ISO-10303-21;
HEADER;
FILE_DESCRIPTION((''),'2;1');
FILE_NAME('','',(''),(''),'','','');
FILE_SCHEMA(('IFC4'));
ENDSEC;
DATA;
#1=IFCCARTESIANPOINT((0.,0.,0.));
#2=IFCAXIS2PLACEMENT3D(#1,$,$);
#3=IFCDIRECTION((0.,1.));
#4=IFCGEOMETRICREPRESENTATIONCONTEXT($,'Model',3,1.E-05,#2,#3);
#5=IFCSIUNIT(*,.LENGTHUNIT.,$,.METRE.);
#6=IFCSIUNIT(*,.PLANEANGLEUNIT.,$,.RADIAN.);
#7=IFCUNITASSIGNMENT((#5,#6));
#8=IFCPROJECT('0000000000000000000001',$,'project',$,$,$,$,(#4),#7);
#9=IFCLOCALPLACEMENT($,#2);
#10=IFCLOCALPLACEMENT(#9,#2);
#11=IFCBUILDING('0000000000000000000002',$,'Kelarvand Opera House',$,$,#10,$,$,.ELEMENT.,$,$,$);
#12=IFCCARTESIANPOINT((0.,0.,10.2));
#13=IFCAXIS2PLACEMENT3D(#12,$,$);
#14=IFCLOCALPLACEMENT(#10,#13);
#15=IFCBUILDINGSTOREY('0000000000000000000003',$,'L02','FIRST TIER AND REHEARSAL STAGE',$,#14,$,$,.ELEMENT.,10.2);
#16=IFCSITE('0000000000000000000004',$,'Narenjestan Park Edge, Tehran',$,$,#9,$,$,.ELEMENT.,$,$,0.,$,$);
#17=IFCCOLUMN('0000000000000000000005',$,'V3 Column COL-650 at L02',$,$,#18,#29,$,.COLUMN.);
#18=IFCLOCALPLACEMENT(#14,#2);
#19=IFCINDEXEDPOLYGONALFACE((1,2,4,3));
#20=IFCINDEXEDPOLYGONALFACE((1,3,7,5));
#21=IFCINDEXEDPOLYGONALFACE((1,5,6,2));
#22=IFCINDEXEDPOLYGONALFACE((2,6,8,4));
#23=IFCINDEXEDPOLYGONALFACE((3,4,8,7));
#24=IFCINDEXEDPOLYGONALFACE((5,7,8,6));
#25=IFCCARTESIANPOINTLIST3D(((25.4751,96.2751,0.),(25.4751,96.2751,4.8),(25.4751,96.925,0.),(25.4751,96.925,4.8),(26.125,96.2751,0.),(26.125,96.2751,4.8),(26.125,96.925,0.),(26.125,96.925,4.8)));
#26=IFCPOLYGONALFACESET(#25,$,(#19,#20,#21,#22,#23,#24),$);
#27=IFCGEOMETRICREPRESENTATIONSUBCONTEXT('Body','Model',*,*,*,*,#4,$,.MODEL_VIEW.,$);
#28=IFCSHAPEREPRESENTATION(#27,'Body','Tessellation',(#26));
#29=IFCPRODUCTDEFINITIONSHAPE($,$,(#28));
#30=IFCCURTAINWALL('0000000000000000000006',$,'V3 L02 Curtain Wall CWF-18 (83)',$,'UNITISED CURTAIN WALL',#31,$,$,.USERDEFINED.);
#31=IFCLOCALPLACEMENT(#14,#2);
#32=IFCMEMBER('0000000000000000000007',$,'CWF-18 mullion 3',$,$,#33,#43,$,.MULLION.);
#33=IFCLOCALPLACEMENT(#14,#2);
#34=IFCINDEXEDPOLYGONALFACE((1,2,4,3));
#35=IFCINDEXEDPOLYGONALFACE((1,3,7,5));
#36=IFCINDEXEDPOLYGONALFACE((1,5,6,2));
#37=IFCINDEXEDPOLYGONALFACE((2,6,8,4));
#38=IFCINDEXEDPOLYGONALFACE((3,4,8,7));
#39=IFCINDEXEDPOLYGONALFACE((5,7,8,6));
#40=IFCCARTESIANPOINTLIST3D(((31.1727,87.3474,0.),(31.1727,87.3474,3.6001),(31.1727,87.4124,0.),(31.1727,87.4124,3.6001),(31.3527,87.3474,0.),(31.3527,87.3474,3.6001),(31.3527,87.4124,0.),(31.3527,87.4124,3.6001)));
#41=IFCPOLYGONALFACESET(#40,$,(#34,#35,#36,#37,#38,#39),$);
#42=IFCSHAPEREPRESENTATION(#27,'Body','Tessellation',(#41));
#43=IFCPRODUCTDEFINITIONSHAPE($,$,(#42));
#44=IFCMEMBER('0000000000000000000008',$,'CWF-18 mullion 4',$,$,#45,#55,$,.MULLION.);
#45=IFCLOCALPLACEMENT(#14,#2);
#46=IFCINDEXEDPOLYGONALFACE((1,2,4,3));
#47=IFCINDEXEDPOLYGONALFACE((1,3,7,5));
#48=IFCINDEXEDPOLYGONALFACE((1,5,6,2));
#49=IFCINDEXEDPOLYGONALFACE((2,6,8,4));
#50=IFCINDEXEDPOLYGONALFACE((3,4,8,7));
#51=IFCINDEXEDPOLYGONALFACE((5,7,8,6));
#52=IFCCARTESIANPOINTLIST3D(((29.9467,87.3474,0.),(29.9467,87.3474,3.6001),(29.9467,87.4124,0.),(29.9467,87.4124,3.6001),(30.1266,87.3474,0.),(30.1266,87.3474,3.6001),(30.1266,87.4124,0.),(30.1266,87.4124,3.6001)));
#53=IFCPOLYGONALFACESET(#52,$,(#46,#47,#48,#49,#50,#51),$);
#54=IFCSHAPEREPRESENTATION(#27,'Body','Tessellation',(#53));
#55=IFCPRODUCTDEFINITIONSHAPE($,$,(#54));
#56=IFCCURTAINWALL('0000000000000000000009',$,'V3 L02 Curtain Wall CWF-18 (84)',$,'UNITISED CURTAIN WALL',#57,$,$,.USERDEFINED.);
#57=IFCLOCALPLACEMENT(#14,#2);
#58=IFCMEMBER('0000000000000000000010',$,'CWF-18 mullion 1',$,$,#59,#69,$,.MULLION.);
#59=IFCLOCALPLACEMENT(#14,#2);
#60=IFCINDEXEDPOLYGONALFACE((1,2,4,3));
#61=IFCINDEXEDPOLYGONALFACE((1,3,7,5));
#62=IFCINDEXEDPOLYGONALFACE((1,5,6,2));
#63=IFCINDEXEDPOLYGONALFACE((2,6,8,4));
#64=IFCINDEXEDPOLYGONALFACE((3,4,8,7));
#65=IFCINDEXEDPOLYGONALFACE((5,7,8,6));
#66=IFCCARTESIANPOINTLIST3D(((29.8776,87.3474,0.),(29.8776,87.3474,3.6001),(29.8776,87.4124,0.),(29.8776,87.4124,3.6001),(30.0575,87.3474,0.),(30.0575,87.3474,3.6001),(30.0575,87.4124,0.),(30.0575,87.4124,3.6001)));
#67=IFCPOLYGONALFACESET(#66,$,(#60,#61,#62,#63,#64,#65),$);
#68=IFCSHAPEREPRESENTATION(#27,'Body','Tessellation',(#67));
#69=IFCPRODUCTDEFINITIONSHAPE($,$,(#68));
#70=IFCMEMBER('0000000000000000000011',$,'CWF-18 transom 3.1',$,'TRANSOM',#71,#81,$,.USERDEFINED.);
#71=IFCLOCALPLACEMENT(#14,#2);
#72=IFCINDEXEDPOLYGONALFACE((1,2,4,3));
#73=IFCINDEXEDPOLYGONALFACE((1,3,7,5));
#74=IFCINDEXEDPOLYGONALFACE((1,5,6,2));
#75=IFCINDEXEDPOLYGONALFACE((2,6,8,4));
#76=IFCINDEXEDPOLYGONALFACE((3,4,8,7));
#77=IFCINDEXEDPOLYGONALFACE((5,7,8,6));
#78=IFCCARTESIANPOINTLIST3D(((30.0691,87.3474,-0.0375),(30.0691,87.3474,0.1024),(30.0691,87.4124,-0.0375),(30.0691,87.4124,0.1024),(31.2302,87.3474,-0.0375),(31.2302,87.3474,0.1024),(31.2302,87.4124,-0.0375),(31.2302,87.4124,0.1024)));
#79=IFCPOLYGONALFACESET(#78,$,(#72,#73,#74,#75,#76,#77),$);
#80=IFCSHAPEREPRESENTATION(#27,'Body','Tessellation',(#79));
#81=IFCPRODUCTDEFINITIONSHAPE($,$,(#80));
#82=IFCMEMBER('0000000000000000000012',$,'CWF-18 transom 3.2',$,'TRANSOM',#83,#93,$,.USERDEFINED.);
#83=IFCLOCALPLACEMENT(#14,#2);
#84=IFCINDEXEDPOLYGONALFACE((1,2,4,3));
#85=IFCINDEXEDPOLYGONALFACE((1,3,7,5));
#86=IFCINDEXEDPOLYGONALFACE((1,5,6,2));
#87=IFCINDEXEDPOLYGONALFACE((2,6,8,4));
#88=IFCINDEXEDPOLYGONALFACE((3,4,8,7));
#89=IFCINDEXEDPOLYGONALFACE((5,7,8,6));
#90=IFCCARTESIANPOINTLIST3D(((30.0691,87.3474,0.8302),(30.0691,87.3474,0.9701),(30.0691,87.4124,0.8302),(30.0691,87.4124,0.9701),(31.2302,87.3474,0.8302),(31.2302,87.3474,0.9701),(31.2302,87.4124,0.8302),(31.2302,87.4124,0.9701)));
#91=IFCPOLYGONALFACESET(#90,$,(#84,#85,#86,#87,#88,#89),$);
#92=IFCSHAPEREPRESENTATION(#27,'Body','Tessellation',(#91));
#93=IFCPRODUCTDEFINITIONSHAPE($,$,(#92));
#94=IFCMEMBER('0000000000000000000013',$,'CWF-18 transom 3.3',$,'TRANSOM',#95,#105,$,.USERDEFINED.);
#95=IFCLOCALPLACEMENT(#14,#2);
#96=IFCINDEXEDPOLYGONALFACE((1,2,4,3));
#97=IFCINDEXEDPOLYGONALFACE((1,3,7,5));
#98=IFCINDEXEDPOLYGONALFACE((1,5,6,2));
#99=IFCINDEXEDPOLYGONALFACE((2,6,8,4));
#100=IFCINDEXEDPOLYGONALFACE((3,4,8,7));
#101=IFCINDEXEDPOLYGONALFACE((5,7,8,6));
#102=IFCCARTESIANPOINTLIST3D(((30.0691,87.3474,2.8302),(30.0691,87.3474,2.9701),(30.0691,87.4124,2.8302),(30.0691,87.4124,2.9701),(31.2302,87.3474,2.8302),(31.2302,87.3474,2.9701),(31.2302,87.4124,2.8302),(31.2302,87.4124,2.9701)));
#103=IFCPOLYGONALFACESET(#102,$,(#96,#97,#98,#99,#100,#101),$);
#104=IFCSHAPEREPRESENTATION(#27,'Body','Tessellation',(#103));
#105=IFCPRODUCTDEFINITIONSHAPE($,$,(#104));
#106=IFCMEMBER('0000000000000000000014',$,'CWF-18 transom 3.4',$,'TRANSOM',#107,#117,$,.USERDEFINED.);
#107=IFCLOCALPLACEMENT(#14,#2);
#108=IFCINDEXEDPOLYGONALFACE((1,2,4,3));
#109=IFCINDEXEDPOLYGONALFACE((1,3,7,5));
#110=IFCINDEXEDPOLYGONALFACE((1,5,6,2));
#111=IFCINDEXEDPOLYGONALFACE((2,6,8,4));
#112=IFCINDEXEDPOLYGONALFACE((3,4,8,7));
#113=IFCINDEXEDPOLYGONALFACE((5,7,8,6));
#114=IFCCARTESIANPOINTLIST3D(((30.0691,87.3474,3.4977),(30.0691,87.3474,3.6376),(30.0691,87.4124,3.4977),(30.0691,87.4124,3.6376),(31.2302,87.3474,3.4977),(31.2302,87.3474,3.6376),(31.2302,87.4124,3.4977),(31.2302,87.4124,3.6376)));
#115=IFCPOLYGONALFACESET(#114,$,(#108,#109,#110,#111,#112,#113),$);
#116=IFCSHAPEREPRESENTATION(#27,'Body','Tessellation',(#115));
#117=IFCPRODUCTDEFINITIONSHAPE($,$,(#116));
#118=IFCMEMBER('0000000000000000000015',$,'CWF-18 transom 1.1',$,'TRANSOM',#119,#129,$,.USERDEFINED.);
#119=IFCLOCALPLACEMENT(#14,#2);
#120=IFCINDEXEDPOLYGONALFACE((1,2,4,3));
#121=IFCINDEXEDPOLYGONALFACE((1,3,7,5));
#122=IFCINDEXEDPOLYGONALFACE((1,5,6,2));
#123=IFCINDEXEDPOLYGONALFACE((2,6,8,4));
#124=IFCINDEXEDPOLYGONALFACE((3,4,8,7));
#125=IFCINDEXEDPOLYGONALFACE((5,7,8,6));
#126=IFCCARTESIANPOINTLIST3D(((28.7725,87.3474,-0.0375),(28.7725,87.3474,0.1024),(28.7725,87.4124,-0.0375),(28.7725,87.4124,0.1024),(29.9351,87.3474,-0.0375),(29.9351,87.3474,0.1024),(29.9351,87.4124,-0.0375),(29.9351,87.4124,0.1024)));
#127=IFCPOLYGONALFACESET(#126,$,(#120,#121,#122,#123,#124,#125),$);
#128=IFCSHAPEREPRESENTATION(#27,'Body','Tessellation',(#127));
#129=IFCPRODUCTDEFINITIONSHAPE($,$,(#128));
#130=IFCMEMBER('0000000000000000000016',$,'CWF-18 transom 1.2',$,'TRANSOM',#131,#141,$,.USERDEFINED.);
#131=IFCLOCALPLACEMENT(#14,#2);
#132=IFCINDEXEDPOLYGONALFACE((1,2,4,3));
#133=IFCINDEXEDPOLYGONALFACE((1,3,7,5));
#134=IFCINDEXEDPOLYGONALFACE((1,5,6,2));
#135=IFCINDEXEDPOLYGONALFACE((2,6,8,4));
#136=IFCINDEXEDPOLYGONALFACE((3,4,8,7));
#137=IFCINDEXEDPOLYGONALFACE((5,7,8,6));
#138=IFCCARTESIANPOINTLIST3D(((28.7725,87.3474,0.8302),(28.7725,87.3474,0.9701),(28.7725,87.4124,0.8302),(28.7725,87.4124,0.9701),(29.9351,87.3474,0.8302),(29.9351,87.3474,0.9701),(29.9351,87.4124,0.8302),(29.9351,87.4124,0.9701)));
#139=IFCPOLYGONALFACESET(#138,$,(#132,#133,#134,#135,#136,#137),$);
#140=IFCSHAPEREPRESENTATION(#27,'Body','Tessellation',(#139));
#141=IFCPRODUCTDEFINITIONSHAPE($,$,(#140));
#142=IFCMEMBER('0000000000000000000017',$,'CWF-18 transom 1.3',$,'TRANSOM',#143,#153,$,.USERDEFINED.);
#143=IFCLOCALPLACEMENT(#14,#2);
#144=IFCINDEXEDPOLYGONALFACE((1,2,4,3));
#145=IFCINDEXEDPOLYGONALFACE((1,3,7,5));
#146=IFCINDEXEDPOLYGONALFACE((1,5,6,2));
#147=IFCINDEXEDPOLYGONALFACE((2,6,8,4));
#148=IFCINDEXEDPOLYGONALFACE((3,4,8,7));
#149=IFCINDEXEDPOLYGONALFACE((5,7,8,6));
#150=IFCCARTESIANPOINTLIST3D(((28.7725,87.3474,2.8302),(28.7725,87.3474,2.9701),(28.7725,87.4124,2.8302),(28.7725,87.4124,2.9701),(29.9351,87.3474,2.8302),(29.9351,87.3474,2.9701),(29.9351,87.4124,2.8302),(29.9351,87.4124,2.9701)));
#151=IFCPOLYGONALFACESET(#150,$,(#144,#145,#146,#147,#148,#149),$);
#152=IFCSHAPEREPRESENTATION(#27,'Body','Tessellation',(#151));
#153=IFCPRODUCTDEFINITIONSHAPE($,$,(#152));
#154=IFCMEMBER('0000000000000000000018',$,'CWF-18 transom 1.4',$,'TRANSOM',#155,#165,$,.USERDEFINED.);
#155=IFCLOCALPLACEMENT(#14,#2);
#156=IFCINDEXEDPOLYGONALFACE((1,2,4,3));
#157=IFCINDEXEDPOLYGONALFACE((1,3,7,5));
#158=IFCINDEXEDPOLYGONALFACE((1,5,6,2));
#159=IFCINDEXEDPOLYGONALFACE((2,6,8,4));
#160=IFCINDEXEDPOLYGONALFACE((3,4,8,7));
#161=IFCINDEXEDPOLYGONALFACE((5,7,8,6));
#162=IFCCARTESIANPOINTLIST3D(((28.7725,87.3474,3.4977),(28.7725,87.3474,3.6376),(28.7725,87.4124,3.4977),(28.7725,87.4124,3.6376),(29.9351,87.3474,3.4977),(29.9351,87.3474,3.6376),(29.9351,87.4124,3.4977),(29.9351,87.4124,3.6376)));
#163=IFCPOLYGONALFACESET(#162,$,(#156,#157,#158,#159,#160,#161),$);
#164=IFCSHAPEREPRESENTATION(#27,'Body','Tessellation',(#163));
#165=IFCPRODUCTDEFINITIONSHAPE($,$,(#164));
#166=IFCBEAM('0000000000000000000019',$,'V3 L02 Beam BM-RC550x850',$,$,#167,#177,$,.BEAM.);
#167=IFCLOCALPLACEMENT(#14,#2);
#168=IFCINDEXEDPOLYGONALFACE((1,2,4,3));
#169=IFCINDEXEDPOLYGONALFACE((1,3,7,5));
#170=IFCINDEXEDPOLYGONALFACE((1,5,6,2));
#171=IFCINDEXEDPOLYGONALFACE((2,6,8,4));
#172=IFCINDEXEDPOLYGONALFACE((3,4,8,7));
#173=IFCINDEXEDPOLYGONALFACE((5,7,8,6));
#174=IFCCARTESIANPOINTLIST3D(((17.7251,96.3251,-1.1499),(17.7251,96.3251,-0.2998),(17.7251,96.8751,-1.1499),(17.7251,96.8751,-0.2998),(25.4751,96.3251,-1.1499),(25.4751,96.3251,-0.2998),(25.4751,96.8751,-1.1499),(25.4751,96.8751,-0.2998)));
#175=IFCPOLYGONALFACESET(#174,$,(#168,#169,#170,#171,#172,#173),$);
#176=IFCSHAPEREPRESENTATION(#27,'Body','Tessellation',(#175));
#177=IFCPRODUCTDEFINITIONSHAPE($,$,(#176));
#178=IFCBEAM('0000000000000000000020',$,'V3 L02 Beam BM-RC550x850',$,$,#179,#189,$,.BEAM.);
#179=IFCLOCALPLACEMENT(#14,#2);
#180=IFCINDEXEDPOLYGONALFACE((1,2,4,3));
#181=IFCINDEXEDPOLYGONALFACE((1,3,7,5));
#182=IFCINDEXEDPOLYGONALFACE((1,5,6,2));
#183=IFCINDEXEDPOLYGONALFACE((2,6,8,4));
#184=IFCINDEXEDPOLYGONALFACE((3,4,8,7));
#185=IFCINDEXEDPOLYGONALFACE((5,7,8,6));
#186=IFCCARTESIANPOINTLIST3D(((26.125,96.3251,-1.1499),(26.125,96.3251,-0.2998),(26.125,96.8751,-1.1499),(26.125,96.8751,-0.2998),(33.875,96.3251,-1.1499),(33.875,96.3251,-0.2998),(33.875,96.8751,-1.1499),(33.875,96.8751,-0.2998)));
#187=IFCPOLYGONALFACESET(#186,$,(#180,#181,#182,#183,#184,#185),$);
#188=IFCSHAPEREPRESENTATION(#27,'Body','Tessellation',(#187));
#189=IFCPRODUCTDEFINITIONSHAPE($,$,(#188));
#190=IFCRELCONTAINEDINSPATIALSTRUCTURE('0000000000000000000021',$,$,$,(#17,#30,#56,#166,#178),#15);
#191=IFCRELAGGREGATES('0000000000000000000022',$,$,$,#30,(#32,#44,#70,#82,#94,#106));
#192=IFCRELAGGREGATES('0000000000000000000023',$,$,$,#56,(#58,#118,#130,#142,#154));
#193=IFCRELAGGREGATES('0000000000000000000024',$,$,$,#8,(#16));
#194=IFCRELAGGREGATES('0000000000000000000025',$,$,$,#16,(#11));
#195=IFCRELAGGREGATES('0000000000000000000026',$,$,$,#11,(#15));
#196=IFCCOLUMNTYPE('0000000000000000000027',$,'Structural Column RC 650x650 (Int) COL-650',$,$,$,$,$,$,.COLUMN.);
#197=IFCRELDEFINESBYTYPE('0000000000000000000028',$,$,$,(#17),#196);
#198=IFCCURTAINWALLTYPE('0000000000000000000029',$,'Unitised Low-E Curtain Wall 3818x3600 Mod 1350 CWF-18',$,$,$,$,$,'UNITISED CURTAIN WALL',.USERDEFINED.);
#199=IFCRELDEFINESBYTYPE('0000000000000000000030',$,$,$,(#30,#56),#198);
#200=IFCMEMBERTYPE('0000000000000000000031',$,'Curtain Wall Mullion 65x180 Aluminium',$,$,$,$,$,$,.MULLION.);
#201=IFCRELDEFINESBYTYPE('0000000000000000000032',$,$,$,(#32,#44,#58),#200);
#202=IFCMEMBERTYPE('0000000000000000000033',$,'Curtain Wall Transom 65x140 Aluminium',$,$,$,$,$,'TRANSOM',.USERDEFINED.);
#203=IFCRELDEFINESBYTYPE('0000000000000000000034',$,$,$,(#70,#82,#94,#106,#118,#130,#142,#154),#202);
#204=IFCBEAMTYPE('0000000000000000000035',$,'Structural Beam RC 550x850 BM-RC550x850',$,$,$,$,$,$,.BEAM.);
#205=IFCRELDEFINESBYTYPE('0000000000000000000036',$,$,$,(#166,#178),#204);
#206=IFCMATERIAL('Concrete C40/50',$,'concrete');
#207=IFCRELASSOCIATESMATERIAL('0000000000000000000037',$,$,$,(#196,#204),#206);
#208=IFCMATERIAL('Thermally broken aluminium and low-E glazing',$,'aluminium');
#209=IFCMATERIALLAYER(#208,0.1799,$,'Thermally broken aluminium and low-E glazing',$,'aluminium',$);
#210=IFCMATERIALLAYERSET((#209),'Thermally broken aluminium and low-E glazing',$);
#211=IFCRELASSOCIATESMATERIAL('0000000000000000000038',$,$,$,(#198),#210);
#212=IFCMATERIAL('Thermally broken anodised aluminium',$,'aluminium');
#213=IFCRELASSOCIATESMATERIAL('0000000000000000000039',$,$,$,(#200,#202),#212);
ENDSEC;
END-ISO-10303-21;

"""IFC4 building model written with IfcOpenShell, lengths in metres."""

from ifc_helpers import new_model, si_unit, direction, frame, origin, origin_2d, place, context, subcontext, project, spatial, rectangle, extrude, material, layer, layer_set, material_profile, profile_set, type_object, element, aggregate, save


model = new_model("IFC4")

# Units and contexts
model_context = context("Model", 3, precision=1e-05, world=origin(), true_north=direction((0.0, 1.0)))
body_context = subcontext(model_context, "Body", "Model", "MODEL_VIEW")
ifc_project = project(units=[si_unit("LENGTHUNIT", "METRE"), si_unit("PLANEANGLEUNIT", "RADIAN")], contexts=[model_context])

# Site, building, storey
site_placement = place(None, origin())
site = spatial("IfcSite", under=ifc_project, at=site_placement, Name="Narenjestan Park Edge, Tehran", CompositionType="ELEMENT", RefElevation=0.0)
building_placement = place(site_placement, origin())
building = spatial("IfcBuilding", under=site, at=building_placement, Name="Kelarvand Opera House", CompositionType="ELEMENT")
storey_placement = place(building_placement, frame((0.0, 0.0, 10.2)))
storey = spatial("IfcBuildingStorey", under=building, at=storey_placement, Name="L02", Description="FIRST TIER AND REHEARSAL STAGE", CompositionType="ELEMENT", Elevation=10.2)

# Column
ifc_material_1 = material(Name="Concrete C40/50", Category="concrete")
ifc_material_profile_1 = material_profile(ifc_material_1, rectangle(XDim=0.6499, YDim=0.6499, at=origin_2d()), Name="RC 650x650", Category="concrete")
ifc_profile_set_1 = profile_set([ifc_material_profile_1], Name="Concrete C40/50")
column_type = type_object("IfcColumnType", Name="Structural Column RC 650x650 (Int) COL-650", PredefinedType="COLUMN", material=ifc_profile_set_1)
column_placement = place(storey_placement, frame((25.8, 96.6001, 0.0), z_axis=(0.0, 0.0, 1.0), x_axis=(1.0, 0.0, 0.0)))
element("IfcColumn", 1, at=column_placement, inside=storey, type_object=column_type, Name="V3 Column COL-650 at L02", PredefinedType="COLUMN", context=body_context, shape_type="SweptSolid", body=[
    extrude(rectangle(XDim=0.6499, YDim=0.6499, at=origin_2d()), origin(), (0.0, 0.0, 1.0), 4.8),
])

# Curtain wall, members
ifc_material_2 = material(Name="Thermally broken aluminium and low-E glazing", Category="aluminium")
ifc_layer_1 = layer(ifc_material_2, 0.1799, Name="Thermally broken aluminium and low-E glazing", Category="aluminium")
ifc_layer_set_1 = layer_set([ifc_layer_1], Name="Thermally broken aluminium and low-E glazing")
curtain_wall_type = type_object("IfcCurtainWallType", Name="Unitised Low-E Curtain Wall 3818x3600 Mod 1350 CWF-18", ElementType="UNITISED CURTAIN WALL", PredefinedType="USERDEFINED", material=ifc_layer_set_1)
curtain_wall_1_placement = place(storey_placement, origin())
curtain_wall_1 = element("IfcCurtainWall", 2, at=curtain_wall_1_placement, inside=storey, type_object=curtain_wall_type, Name="V3 L02 Curtain Wall CWF-18 (83)", ObjectType="UNITISED CURTAIN WALL", PredefinedType="USERDEFINED")
ifc_material_3 = material(Name="Thermally broken anodised aluminium", Category="aluminium")
ifc_material_profile_2 = material_profile(ifc_material_3, rectangle(XDim=0.0649, YDim=0.1799, at=origin_2d()), Name="ALU MULLION 65x180", Category="aluminium")
ifc_profile_set_2 = profile_set([ifc_material_profile_2], Name="Thermally broken anodised aluminium")
member_type_1 = type_object("IfcMemberType", Name="Curtain Wall Mullion 65x180 Aluminium", PredefinedType="MULLION", material=ifc_profile_set_2)
member_1_placement = place(storey_placement, frame((31.2627, 87.3799, 0.0), z_axis=(0.0, 0.0, 1.0), x_axis=(0.0, -1.0, 0.0)))
member_1 = element("IfcMember", 3, at=member_1_placement, type_object=member_type_1, Name="CWF-18 mullion 3", PredefinedType="MULLION", context=body_context, shape_type="SweptSolid", body=[
    extrude(rectangle(XDim=0.0649, YDim=0.1799, at=origin_2d()), origin(), (0.0, 0.0, 1.0), 3.6001),
])
member_2_placement = place(storey_placement, frame((30.0366, 87.3799, 0.0), z_axis=(0.0, 0.0, 1.0), x_axis=(0.0, -1.0, 0.0)))
member_2 = element("IfcMember", 4, at=member_2_placement, type_object=member_type_1, Name="CWF-18 mullion 4", PredefinedType="MULLION", context=body_context, shape_type="SweptSolid", body=[
    extrude(rectangle(XDim=0.0649, YDim=0.1799, at=origin_2d()), origin(), (0.0, 0.0, 1.0), 3.6001),
])

# Curtain wall, member
curtain_wall_2_placement = place(storey_placement, origin())
curtain_wall_2 = element("IfcCurtainWall", 5, at=curtain_wall_2_placement, inside=storey, type_object=curtain_wall_type, Name="V3 L02 Curtain Wall CWF-18 (84)", ObjectType="UNITISED CURTAIN WALL", PredefinedType="USERDEFINED")
member_3_placement = place(storey_placement, frame((29.9675, 87.3799, 0.0), z_axis=(0.0, 0.0, 1.0), x_axis=(0.0, -1.0, 0.0)))
member_3 = element("IfcMember", 6, at=member_3_placement, type_object=member_type_1, Name="CWF-18 mullion 1", PredefinedType="MULLION", context=body_context, shape_type="SweptSolid", body=[
    extrude(rectangle(XDim=0.0649, YDim=0.1799, at=origin_2d()), origin(), (0.0, 0.0, 1.0), 3.6001),
])

# Members
ifc_material_profile_3 = material_profile(ifc_material_3, rectangle(XDim=0.0649, YDim=0.1399, at=origin_2d()), Name="ALU TRANSOM 65x140", Category="aluminium")
ifc_profile_set_3 = profile_set([ifc_material_profile_3], Name="Thermally broken anodised aluminium")
member_type_2 = type_object("IfcMemberType", Name="Curtain Wall Transom 65x140 Aluminium", ElementType="TRANSOM", PredefinedType="USERDEFINED", material=ifc_profile_set_3)
member_4_placement = place(storey_placement, frame((31.2302, 87.3799, 0.0325), z_axis=(-1.0, 0.0, 0.0), x_axis=(0.0, -1.0, 0.0)))
member_4 = element("IfcMember", 7, at=member_4_placement, type_object=member_type_2, Name="CWF-18 transom 3.1", ObjectType="TRANSOM", PredefinedType="USERDEFINED", context=body_context, shape_type="SweptSolid", body=[
    extrude(rectangle(XDim=0.0649, YDim=0.1399, at=origin_2d()), origin(), (0.0, 0.0, 1.0), 1.1611),
])
member_5_placement = place(storey_placement, frame((31.2302, 87.3799, 0.9001), z_axis=(-1.0, 0.0, 0.0), x_axis=(0.0, -1.0, 0.0)))
member_5 = element("IfcMember", 8, at=member_5_placement, type_object=member_type_2, Name="CWF-18 transom 3.2", ObjectType="TRANSOM", PredefinedType="USERDEFINED", context=body_context, shape_type="SweptSolid", body=[
    extrude(rectangle(XDim=0.0649, YDim=0.1399, at=origin_2d()), origin(), (0.0, 0.0, 1.0), 1.1611),
])
member_6_placement = place(storey_placement, frame((31.2302, 87.3799, 2.9001), z_axis=(-1.0, 0.0, 0.0), x_axis=(0.0, -1.0, 0.0)))
member_6 = element("IfcMember", 9, at=member_6_placement, type_object=member_type_2, Name="CWF-18 transom 3.3", ObjectType="TRANSOM", PredefinedType="USERDEFINED", context=body_context, shape_type="SweptSolid", body=[
    extrude(rectangle(XDim=0.0649, YDim=0.1399, at=origin_2d()), origin(), (0.0, 0.0, 1.0), 1.1611),
])
member_7_placement = place(storey_placement, frame((31.2302, 87.3799, 3.5676), z_axis=(-1.0, 0.0, 0.0), x_axis=(0.0, -1.0, 0.0)))
member_7 = element("IfcMember", 10, at=member_7_placement, type_object=member_type_2, Name="CWF-18 transom 3.4", ObjectType="TRANSOM", PredefinedType="USERDEFINED", context=body_context, shape_type="SweptSolid", body=[
    extrude(rectangle(XDim=0.0649, YDim=0.1399, at=origin_2d()), origin(), (0.0, 0.0, 1.0), 1.1611),
])
member_8_placement = place(storey_placement, frame((29.9351, 87.3799, 0.0325), z_axis=(-1.0, 0.0, 0.0), x_axis=(0.0, -1.0, 0.0)))
member_8 = element("IfcMember", 11, at=member_8_placement, type_object=member_type_2, Name="CWF-18 transom 1.1", ObjectType="TRANSOM", PredefinedType="USERDEFINED", context=body_context, shape_type="SweptSolid", body=[
    extrude(rectangle(XDim=0.0649, YDim=0.1399, at=origin_2d()), origin(), (0.0, 0.0, 1.0), 1.1626),
])
member_9_placement = place(storey_placement, frame((29.9351, 87.3799, 0.9001), z_axis=(-1.0, 0.0, 0.0), x_axis=(0.0, -1.0, 0.0)))
member_9 = element("IfcMember", 12, at=member_9_placement, type_object=member_type_2, Name="CWF-18 transom 1.2", ObjectType="TRANSOM", PredefinedType="USERDEFINED", context=body_context, shape_type="SweptSolid", body=[
    extrude(rectangle(XDim=0.0649, YDim=0.1399, at=origin_2d()), origin(), (0.0, 0.0, 1.0), 1.1626),
])
member_10_placement = place(storey_placement, frame((29.9351, 87.3799, 2.9001), z_axis=(-1.0, 0.0, 0.0), x_axis=(0.0, -1.0, 0.0)))
member_10 = element("IfcMember", 13, at=member_10_placement, type_object=member_type_2, Name="CWF-18 transom 1.3", ObjectType="TRANSOM", PredefinedType="USERDEFINED", context=body_context, shape_type="SweptSolid", body=[
    extrude(rectangle(XDim=0.0649, YDim=0.1399, at=origin_2d()), origin(), (0.0, 0.0, 1.0), 1.1626),
])
member_11_placement = place(storey_placement, frame((29.9351, 87.3799, 3.5676), z_axis=(-1.0, 0.0, 0.0), x_axis=(0.0, -1.0, 0.0)))
member_11 = element("IfcMember", 14, at=member_11_placement, type_object=member_type_2, Name="CWF-18 transom 1.4", ObjectType="TRANSOM", PredefinedType="USERDEFINED", context=body_context, shape_type="SweptSolid", body=[
    extrude(rectangle(XDim=0.0649, YDim=0.1399, at=origin_2d()), origin(), (0.0, 0.0, 1.0), 1.1626),
])

# Beams
ifc_material_profile_4 = material_profile(ifc_material_1, rectangle(XDim=0.55, YDim=0.8501, at=origin_2d()), Name="RC 550x850", Category="concrete")
ifc_profile_set_4 = profile_set([ifc_material_profile_4], Name="Concrete C40/50")
beam_type_1 = type_object("IfcBeamType", Name="Structural Beam RC 550x850 BM-RC550x850", PredefinedType="BEAM", material=ifc_profile_set_4)
for number, where, z_axis, x_axis, name in (
    (15, (17.7251, 96.6001, -0.7249), (1.0, 0.0, 0.0), (0.0, 1.0, 0.0), "V3 L02 Beam BM-RC550x850"),
    (16, (26.125, 96.6001, -0.7249), (1.0, 0.0, 0.0), (0.0, 1.0, 0.0), "V3 L02 Beam BM-RC550x850"),
):
    element("IfcBeam", number, at=place(storey_placement, frame(where, z_axis=z_axis, x_axis=x_axis)), inside=storey, type_object=beam_type_1, Name=name, PredefinedType="BEAM", context=body_context, shape_type="SweptSolid", body=[
        extrude(rectangle(XDim=0.55, YDim=0.8501, at=origin_2d()), origin(), (0.0, 0.0, 1.0), 7.75),
    ])

aggregate(curtain_wall_1, [member_1, member_2, member_4, member_5, member_6, member_7])
aggregate(curtain_wall_2, [member_3, member_8, member_9, member_10, member_11])

save(model, "model.ifc")
